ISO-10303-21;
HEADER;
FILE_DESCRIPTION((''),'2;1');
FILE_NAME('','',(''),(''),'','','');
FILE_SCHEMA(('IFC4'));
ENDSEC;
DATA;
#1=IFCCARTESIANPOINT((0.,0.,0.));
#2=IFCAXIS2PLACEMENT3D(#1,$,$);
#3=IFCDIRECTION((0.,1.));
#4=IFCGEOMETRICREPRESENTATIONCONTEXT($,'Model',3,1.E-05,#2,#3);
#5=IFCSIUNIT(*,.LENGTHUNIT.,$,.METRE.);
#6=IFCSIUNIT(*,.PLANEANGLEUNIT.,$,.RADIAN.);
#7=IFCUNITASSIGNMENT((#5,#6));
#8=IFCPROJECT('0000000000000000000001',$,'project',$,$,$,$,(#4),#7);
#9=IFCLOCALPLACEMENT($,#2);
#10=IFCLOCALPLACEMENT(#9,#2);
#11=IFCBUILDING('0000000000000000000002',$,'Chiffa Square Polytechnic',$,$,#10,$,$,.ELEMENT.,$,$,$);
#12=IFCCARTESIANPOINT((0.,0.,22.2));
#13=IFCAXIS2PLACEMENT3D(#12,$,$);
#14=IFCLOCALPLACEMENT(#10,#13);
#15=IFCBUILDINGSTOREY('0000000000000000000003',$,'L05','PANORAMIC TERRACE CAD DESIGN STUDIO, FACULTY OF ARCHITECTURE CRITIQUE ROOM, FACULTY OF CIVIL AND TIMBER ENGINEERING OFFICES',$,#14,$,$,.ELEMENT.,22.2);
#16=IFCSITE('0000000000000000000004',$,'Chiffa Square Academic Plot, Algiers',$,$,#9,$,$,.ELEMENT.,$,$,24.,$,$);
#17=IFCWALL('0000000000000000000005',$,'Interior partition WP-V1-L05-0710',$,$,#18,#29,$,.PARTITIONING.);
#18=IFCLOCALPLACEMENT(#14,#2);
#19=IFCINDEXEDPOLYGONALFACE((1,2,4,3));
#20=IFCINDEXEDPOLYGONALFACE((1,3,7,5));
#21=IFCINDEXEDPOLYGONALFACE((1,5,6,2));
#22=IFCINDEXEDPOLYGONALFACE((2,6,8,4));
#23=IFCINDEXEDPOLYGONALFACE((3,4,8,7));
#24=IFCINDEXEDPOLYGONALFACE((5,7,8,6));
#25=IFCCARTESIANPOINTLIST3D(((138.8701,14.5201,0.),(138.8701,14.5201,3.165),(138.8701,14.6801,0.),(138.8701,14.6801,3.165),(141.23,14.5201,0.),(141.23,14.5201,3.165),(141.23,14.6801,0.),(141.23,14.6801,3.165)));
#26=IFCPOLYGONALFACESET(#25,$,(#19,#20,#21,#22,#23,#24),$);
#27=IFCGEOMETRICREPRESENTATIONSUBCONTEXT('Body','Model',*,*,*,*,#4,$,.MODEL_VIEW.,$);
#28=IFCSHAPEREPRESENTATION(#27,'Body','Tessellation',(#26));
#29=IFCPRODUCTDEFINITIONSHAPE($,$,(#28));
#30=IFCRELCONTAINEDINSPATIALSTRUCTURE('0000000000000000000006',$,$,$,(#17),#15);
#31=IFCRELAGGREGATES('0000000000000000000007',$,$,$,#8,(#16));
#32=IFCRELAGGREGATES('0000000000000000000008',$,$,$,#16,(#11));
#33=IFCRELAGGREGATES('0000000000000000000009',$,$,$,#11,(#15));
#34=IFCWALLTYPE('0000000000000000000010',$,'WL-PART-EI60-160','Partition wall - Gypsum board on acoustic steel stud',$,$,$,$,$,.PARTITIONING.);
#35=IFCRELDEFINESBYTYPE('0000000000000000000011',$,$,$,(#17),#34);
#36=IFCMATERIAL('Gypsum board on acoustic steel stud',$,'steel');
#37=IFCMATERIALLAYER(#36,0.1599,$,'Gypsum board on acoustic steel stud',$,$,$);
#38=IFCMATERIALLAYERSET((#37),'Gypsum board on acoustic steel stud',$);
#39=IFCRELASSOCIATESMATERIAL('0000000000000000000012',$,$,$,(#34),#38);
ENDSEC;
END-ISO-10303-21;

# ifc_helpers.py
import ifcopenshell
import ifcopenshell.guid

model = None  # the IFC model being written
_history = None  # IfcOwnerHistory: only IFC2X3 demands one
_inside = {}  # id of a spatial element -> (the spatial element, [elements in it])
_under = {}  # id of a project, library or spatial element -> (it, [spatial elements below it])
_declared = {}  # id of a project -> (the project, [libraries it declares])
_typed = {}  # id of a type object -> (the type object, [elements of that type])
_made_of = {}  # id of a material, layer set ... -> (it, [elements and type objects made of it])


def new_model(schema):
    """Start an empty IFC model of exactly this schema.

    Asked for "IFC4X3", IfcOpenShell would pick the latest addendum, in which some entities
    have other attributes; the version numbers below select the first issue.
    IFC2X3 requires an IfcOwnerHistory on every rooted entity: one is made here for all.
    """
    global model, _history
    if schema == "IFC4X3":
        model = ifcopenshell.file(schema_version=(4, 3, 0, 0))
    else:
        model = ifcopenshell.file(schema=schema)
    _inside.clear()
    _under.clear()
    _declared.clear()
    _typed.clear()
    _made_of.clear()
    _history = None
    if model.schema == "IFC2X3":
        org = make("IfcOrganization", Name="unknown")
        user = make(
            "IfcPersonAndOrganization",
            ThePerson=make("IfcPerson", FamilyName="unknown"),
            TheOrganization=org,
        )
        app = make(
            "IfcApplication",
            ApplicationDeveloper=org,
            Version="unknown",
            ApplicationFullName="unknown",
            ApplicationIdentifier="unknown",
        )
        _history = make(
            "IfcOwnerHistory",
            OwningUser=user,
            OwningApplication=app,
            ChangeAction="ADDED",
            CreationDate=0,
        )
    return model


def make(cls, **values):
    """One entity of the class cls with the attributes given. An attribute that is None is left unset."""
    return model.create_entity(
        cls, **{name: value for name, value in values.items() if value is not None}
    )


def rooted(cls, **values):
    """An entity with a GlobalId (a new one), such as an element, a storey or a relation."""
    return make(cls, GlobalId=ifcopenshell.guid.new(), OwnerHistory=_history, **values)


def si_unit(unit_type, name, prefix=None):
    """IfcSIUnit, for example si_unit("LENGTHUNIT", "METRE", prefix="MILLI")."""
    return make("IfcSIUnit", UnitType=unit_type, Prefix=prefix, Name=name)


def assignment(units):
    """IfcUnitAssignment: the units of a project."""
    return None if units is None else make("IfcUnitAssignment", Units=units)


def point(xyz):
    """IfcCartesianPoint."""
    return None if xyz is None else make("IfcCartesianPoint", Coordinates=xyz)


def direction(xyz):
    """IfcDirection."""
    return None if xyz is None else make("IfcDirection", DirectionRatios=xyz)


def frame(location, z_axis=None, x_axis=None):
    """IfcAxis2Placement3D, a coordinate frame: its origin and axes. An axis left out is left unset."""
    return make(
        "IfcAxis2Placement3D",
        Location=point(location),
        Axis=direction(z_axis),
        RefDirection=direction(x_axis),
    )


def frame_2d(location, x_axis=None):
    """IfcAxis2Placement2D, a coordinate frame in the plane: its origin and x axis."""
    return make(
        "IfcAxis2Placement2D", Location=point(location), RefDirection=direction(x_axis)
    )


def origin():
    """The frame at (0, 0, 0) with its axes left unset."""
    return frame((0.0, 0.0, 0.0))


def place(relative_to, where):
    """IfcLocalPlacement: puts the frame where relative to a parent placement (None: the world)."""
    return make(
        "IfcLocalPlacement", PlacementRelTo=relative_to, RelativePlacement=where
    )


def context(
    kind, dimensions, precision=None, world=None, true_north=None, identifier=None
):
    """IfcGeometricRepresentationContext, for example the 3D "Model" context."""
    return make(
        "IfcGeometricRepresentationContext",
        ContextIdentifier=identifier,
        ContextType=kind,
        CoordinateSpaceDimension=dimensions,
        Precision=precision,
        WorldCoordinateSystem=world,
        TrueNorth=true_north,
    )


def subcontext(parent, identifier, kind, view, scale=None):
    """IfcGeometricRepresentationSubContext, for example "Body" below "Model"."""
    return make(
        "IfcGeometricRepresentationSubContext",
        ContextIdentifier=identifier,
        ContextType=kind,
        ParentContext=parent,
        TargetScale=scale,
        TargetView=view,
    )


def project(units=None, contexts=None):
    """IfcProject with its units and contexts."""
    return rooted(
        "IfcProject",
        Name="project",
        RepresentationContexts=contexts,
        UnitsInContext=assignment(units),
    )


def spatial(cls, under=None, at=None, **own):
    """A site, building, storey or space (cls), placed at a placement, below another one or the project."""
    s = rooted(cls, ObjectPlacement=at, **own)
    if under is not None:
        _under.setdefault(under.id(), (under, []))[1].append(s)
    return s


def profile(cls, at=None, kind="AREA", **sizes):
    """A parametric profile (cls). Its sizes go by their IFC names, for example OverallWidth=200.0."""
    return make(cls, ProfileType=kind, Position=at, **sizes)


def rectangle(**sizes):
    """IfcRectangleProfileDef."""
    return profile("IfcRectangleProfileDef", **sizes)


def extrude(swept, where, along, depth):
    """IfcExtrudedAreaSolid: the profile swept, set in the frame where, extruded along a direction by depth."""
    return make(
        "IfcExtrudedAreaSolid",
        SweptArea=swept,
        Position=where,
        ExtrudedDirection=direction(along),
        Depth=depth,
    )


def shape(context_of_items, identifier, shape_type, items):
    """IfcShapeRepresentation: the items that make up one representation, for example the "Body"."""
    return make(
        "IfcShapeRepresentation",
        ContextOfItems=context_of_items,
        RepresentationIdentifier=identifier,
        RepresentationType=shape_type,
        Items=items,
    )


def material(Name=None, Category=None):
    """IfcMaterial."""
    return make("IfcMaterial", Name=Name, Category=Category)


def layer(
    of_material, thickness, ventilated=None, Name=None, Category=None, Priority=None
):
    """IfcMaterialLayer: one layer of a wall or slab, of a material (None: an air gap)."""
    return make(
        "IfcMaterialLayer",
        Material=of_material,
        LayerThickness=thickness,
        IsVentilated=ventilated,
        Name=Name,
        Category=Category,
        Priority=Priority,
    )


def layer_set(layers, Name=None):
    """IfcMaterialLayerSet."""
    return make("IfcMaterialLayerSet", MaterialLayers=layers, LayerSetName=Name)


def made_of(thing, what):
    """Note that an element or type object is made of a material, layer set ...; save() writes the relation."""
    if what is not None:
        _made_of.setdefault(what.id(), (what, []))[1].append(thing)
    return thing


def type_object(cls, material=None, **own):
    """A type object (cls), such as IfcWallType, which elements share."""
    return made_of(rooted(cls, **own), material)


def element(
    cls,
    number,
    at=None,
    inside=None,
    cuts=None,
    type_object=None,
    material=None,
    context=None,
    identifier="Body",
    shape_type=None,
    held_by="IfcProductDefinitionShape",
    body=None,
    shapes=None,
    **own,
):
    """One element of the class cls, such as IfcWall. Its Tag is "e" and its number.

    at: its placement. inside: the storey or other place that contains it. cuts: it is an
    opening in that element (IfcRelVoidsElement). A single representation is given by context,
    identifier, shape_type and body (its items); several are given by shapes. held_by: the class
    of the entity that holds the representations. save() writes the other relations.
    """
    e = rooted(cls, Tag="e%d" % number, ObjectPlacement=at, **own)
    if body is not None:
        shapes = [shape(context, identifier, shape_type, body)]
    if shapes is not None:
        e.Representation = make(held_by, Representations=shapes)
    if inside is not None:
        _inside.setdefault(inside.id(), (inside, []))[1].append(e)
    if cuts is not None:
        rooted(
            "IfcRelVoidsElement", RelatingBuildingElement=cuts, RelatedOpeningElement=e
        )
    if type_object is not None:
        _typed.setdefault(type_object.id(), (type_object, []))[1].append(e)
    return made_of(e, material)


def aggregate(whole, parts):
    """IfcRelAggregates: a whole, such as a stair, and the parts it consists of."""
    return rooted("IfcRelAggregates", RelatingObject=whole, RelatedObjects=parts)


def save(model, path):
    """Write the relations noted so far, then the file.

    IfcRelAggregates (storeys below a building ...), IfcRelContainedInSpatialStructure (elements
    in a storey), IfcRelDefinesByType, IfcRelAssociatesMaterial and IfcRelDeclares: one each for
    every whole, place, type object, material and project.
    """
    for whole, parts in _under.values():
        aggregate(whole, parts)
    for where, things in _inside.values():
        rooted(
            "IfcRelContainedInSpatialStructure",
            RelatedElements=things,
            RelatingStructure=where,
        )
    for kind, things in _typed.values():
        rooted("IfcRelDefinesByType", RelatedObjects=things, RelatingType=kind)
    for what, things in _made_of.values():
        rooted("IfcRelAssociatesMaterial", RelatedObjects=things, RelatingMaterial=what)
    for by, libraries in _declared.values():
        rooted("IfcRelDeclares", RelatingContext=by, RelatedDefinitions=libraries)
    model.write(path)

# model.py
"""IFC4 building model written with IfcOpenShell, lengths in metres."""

from ifc_helpers import new_model, si_unit, direction, frame, frame_2d, origin, place, context, subcontext, project, spatial, rectangle, extrude, material, layer, layer_set, type_object, element, save


model = new_model("IFC4")

# Units and contexts
model_context = context("Model", 3, precision=1e-05, world=origin(), true_north=direction((0.0, 1.0)))
body_context = subcontext(model_context, "Body", "Model", "MODEL_VIEW")
ifc_project = project(units=[si_unit("LENGTHUNIT", "METRE"), si_unit("PLANEANGLEUNIT", "RADIAN")], contexts=[model_context])

# Site, building, storey
site_placement = place(None, origin())
site = spatial("IfcSite", under=ifc_project, at=site_placement, Name="Chiffa Square Academic Plot, Algiers", CompositionType="ELEMENT", RefElevation=24.0)
building_placement = place(site_placement, origin())
building = spatial("IfcBuilding", under=site, at=building_placement, Name="Chiffa Square Polytechnic", CompositionType="ELEMENT")
storey_placement = place(building_placement, frame((0.0, 0.0, 22.2)))
storey = spatial("IfcBuildingStorey", under=building, at=storey_placement, Name="L05", Description="PANORAMIC TERRACE CAD DESIGN STUDIO, FACULTY OF ARCHITECTURE CRITIQUE ROOM, FACULTY OF CIVIL AND TIMBER ENGINEERING OFFICES", CompositionType="ELEMENT", Elevation=22.2)

# Wall
ifc_material_1 = material(Name="Gypsum board on acoustic steel stud", Category="steel")
ifc_layer_1 = layer(ifc_material_1, 0.1599, Name="Gypsum board on acoustic steel stud")
ifc_layer_set_1 = layer_set([ifc_layer_1], Name="Gypsum board on acoustic steel stud")
wall_type_1 = type_object("IfcWallType", Name="WL-PART-EI60-160", Description="Partition wall - Gypsum board on acoustic steel stud", PredefinedType="PARTITIONING", material=ifc_layer_set_1)
wall_1_placement = place(storey_placement, frame((138.8701, 14.6001, 0.0), z_axis=(0.0, 0.0, 1.0), x_axis=(1.0, 0.0, 0.0)))
element("IfcWall", 1, at=wall_1_placement, inside=storey, type_object=wall_type_1, Name="Interior partition WP-V1-L05-0710", PredefinedType="PARTITIONING", context=body_context, shape_type="SweptSolid", body=[
    extrude(rectangle(XDim=2.3599, YDim=0.1599, at=frame_2d((1.1799, 0.0))), origin(), (0.0, 0.0, 1.0), 3.165),
])

save(model, "model.ifc")
